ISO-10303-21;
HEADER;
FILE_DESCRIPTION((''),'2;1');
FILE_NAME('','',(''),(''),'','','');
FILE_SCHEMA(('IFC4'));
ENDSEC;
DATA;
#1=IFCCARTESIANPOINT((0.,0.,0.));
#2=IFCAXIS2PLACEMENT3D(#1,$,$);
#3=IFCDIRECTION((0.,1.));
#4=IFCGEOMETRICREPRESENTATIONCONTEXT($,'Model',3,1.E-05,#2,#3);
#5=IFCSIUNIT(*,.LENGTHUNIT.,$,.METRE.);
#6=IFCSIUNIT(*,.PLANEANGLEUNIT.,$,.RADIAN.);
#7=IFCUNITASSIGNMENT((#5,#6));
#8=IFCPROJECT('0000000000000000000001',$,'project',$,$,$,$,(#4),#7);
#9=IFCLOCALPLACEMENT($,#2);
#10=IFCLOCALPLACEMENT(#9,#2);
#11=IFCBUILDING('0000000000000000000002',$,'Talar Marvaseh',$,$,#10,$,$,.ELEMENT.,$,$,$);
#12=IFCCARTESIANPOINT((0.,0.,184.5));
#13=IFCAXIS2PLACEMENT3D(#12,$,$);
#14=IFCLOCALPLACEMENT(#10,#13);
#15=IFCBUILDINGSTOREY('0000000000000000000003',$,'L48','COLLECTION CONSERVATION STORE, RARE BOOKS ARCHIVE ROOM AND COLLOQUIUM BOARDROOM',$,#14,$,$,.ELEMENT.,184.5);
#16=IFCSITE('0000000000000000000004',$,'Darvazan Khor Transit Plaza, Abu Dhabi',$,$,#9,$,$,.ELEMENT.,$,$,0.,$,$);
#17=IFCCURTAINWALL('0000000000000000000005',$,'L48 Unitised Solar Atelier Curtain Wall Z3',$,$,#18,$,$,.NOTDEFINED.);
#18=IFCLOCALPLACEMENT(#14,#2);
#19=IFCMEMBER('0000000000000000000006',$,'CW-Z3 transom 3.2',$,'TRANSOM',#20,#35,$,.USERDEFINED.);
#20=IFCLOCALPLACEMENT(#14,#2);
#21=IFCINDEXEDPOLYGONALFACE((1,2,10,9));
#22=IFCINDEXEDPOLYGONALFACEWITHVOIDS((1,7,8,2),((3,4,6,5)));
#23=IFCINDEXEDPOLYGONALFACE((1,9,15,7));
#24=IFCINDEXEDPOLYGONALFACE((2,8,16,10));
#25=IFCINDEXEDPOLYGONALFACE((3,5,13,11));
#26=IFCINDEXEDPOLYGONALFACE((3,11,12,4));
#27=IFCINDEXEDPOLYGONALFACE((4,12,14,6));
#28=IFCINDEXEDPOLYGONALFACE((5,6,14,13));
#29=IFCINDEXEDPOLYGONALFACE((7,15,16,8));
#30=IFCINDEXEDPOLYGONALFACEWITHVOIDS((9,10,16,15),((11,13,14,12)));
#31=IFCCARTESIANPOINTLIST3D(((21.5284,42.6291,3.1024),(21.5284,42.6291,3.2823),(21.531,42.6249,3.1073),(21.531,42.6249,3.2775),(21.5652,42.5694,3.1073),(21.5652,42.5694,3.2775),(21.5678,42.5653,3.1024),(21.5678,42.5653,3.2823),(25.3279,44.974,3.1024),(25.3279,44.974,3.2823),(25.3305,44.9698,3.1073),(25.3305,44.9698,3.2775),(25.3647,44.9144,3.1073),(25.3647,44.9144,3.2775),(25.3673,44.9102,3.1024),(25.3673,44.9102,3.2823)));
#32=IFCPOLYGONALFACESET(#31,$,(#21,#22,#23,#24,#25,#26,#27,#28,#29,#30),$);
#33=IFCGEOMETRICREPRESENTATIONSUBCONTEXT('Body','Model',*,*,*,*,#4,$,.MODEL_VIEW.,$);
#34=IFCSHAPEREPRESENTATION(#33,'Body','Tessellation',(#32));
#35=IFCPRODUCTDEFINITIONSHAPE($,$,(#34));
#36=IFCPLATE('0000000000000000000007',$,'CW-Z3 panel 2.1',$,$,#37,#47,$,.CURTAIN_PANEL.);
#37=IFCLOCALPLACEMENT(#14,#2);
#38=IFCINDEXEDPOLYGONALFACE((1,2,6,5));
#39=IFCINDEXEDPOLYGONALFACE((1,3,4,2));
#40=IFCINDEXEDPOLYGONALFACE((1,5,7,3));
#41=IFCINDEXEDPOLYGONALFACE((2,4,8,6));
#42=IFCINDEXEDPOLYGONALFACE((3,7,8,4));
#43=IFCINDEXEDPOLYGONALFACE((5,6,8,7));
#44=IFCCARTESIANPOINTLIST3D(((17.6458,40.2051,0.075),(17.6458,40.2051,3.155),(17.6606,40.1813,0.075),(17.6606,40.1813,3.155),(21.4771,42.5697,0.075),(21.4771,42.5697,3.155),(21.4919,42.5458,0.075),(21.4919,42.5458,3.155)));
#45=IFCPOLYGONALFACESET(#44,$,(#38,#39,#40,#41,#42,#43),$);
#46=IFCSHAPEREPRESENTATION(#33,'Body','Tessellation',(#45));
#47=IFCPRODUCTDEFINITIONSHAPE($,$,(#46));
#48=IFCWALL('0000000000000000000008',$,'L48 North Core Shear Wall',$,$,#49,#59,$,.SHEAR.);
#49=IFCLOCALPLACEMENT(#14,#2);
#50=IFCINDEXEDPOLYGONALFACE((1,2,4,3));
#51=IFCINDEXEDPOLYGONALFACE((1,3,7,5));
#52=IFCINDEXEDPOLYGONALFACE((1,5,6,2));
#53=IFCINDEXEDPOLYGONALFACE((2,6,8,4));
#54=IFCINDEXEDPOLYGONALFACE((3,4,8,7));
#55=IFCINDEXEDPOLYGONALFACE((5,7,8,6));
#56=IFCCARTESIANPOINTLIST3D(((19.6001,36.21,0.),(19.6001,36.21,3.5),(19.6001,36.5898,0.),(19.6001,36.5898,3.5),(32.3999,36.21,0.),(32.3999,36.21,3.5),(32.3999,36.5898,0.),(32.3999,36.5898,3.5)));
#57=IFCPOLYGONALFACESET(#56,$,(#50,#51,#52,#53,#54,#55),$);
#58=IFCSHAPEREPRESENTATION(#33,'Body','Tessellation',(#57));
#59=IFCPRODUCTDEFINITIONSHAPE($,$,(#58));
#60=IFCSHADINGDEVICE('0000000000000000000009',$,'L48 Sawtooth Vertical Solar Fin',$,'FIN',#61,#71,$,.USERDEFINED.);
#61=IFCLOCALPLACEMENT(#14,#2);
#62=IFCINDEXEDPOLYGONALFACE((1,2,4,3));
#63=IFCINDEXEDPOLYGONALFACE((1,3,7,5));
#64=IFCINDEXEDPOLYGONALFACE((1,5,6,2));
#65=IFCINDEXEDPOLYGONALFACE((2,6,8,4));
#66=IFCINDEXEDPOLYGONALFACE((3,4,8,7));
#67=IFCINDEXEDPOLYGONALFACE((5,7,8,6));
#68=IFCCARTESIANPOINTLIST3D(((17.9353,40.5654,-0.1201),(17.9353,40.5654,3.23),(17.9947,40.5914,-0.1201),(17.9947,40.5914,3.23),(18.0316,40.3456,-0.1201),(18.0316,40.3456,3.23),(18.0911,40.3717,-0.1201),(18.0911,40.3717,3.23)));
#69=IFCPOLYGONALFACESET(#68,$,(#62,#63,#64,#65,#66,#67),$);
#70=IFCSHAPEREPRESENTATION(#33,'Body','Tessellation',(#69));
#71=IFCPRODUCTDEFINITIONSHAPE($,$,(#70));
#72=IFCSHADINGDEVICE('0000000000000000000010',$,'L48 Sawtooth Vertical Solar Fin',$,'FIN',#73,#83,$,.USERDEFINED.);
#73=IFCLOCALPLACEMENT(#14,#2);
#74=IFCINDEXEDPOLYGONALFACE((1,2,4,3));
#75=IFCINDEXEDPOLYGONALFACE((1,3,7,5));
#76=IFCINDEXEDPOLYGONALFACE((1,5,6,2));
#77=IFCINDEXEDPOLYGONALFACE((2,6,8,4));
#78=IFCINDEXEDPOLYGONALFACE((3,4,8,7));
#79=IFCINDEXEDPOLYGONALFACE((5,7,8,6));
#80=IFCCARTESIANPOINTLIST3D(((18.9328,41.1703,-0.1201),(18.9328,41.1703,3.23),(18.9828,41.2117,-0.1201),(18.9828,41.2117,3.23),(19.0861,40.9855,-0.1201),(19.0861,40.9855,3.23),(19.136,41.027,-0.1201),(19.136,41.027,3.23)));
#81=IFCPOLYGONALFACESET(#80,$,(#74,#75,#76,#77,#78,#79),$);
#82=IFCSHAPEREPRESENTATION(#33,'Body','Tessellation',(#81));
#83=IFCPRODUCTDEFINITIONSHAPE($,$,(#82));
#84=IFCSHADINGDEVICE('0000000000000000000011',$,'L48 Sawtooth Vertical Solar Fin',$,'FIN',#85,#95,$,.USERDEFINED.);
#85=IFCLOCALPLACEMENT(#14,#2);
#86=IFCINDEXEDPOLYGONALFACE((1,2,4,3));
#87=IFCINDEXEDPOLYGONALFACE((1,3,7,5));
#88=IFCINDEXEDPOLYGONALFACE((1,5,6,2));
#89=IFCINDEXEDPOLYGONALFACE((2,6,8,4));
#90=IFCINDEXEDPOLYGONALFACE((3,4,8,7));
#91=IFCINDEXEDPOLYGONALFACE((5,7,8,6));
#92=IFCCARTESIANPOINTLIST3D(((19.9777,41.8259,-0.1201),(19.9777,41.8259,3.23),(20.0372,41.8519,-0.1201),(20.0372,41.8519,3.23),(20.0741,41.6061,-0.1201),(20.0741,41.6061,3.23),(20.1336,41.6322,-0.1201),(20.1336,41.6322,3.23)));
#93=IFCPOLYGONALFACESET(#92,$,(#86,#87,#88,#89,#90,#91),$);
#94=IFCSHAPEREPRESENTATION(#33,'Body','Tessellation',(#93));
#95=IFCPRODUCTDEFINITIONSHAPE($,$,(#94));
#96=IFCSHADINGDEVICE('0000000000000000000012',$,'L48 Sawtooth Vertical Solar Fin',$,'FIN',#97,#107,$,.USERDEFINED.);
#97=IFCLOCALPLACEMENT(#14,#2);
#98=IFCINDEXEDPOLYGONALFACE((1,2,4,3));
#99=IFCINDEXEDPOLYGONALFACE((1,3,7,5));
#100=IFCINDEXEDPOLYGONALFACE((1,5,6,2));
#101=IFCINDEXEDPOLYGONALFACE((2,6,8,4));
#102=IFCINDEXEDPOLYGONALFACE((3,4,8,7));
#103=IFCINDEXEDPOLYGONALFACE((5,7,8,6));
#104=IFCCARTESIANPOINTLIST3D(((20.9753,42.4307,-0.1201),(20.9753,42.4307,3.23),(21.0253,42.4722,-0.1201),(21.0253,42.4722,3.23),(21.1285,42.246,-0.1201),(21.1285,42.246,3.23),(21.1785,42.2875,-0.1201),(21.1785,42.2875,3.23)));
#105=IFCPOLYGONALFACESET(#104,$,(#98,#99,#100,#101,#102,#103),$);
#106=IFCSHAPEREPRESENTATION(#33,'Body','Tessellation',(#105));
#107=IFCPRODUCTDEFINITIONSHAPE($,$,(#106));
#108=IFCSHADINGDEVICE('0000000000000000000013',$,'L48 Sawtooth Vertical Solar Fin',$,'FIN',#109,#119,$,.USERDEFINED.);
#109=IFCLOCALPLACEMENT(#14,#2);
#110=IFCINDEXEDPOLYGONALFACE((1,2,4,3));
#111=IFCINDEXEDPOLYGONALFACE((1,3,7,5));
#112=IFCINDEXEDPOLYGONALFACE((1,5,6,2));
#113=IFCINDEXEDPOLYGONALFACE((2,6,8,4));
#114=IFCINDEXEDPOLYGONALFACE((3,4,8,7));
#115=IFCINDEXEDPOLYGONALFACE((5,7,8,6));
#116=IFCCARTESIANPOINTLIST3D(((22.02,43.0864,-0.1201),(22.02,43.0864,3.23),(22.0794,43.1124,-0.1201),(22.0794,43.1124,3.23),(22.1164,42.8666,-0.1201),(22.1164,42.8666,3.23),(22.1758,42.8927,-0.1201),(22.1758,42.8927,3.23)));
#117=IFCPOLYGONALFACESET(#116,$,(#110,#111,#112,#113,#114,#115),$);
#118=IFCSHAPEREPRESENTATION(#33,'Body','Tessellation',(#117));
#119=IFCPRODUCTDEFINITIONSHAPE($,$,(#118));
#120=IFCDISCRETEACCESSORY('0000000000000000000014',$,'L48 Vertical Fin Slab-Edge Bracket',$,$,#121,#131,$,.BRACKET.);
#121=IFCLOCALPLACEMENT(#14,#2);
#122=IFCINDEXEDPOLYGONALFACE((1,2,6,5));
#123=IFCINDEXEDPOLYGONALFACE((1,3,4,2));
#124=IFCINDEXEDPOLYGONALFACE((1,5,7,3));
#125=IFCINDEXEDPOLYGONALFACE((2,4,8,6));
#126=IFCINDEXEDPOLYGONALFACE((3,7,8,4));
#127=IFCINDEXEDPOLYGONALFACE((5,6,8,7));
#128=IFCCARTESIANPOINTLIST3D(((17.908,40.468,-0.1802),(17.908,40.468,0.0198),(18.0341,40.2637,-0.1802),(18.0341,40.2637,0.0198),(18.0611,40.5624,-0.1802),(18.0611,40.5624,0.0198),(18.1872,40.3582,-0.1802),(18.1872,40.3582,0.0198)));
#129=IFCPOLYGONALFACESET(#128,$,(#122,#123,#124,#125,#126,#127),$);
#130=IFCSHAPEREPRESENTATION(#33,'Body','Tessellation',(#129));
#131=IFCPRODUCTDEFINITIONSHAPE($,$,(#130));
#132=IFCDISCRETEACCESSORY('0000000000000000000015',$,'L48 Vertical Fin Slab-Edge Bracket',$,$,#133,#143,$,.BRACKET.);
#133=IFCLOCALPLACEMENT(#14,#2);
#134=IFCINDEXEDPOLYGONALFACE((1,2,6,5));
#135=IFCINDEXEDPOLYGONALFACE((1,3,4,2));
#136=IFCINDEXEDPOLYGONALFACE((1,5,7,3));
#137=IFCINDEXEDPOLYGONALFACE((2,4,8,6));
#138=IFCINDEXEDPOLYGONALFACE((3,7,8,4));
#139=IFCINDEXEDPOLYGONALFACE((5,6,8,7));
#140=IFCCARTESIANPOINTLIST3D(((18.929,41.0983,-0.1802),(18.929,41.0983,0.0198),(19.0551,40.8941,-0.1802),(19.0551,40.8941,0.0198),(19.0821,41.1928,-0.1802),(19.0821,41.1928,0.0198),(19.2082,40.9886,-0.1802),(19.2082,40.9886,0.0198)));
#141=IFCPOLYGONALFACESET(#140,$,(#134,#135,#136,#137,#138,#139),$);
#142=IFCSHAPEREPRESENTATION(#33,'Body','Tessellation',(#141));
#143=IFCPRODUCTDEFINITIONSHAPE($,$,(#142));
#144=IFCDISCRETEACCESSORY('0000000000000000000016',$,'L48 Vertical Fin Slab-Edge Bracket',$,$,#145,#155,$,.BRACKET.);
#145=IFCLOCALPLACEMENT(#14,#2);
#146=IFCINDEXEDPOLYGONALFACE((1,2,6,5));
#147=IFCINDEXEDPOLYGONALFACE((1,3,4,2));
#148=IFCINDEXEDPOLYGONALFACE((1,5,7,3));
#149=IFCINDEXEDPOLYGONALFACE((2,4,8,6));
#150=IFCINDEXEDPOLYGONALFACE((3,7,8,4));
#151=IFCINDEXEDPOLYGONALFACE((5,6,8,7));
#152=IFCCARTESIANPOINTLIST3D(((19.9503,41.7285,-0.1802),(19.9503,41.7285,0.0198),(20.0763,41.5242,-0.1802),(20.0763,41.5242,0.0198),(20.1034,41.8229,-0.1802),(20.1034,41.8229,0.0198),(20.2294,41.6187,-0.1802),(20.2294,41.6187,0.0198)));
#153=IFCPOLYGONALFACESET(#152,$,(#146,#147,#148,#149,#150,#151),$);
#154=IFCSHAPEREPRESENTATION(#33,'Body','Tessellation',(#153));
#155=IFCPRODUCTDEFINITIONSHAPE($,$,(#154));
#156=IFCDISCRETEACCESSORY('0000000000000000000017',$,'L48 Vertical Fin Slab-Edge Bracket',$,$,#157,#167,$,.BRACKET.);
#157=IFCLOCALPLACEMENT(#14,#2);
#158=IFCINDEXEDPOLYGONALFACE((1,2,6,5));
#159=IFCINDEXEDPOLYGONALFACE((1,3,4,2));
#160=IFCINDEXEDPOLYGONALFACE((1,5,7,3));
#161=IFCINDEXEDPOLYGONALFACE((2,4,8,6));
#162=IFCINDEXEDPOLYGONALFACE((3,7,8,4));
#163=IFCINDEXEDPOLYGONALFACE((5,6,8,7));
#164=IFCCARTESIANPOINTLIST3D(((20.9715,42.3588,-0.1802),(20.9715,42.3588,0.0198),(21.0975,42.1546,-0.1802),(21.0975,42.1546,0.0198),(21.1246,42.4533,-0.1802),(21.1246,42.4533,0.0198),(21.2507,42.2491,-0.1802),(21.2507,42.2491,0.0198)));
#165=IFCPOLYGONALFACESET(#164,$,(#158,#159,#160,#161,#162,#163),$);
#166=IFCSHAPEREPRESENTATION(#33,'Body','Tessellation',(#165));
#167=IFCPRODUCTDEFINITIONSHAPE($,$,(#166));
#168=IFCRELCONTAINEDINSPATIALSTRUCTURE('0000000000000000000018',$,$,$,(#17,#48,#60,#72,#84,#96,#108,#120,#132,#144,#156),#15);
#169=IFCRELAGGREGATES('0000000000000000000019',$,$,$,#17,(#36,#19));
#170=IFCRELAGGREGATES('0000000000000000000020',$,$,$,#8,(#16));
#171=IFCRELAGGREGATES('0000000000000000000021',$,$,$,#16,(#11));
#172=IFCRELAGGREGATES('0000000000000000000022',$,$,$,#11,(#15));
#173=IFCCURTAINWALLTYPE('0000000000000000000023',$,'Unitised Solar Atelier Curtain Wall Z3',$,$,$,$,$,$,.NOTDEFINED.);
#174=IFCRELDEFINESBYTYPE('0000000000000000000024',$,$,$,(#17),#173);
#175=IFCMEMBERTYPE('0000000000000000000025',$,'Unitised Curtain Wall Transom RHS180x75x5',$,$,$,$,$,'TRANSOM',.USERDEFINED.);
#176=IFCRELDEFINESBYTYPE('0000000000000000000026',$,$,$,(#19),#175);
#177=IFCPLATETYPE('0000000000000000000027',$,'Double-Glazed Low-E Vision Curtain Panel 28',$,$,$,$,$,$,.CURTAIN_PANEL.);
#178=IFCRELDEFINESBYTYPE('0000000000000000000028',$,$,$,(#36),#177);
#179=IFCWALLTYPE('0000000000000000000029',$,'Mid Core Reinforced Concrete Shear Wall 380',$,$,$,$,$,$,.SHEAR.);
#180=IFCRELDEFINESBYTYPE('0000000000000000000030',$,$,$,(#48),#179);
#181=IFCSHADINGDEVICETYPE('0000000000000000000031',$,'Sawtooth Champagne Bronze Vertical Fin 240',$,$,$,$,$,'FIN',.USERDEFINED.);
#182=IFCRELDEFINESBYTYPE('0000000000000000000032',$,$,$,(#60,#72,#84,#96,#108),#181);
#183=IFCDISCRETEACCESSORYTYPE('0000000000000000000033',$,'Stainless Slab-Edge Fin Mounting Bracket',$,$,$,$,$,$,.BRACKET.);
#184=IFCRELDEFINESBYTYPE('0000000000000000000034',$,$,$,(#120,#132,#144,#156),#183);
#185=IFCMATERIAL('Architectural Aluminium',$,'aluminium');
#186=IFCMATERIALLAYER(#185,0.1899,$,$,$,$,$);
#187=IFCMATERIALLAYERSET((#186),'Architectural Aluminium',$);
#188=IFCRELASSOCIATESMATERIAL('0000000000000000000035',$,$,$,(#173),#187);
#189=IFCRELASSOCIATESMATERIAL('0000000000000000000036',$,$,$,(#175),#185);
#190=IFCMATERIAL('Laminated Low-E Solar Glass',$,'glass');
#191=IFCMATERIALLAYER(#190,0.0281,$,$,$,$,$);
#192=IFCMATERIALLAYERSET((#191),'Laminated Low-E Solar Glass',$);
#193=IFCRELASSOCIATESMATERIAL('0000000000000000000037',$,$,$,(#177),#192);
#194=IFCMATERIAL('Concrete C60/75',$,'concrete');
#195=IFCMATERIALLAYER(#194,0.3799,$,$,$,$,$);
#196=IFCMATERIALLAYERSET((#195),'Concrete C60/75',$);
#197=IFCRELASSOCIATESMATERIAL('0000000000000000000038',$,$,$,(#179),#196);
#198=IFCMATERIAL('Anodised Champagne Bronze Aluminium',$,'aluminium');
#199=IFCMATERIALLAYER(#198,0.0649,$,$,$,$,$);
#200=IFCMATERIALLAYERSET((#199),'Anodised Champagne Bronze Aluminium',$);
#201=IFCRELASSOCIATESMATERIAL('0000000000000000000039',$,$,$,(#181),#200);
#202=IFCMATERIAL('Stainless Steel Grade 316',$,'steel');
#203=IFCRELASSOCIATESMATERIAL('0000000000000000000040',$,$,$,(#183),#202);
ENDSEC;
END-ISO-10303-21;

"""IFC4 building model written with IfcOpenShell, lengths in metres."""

from ifc_helpers import new_model, si_unit, direction, frame, frame_2d, origin, origin_2d, place, context, subcontext, project, spatial, rectangle, hollow_rectangle, extrude, source, transform, mapped, material, layer, layer_set, material_profile, profile_set, type_object, type_shapes, element, aggregate, save


model = new_model("IFC4")

# Units and contexts
model_context = context("Model", 3, precision=1e-05, world=origin(), true_north=direction((0.0, 1.0)))
body_context = subcontext(model_context, "Body", "Model", "MODEL_VIEW")
ifc_project = project(units=[si_unit("LENGTHUNIT", "METRE"), si_unit("PLANEANGLEUNIT", "RADIAN")], contexts=[model_context])

# Site, building, storey
site_placement = place(None, origin())
site = spatial("IfcSite", under=ifc_project, at=site_placement, Name="Darvazan Khor Transit Plaza, Abu Dhabi", CompositionType="ELEMENT", RefElevation=0.0)
building_placement = place(site_placement, origin())
building = spatial("IfcBuilding", under=site, at=building_placement, Name="Talar Marvaseh", CompositionType="ELEMENT")
storey_placement = place(building_placement, frame((0.0, 0.0, 184.5)))
storey = spatial("IfcBuildingStorey", under=building, at=storey_placement, Name="L48", Description="COLLECTION CONSERVATION STORE, RARE BOOKS ARCHIVE ROOM AND COLLOQUIUM BOARDROOM", CompositionType="ELEMENT", Elevation=184.5)

# Shared definitions
ifc_material_1 = material(Name="Concrete C60/75", Category="concrete")

# Curtain wall, member, plate
ifc_material_2 = material(Name="Architectural Aluminium", Category="aluminium")
ifc_layer_1 = layer(ifc_material_2, 0.1899)
ifc_layer_set_1 = layer_set([ifc_layer_1], Name="Architectural Aluminium")
curtain_wall_type = type_object("IfcCurtainWallType", Name="Unitised Solar Atelier Curtain Wall Z3", PredefinedType="NOTDEFINED", material=ifc_layer_set_1)
curtain_wall_placement = place(storey_placement, origin())
curtain_wall = element("IfcCurtainWall", 1, at=curtain_wall_placement, inside=storey, type_object=curtain_wall_type, Name="L48 Unitised Solar Atelier Curtain Wall Z3", PredefinedType="NOTDEFINED")
ifc_material_profile_1 = material_profile(ifc_material_2, hollow_rectangle(XDim=0.075, YDim=0.1799, WallThickness=0.0049, at=origin_2d()), Name="RHS180x75x5")
ifc_profile_set_1 = profile_set([ifc_material_profile_1], Name="Architectural Aluminium")
member_type_1 = type_object("IfcMemberType", Name="Unitised Curtain Wall Transom RHS180x75x5", ElementType="TRANSOM", PredefinedType="USERDEFINED", material=ifc_profile_set_1)
shared_shape_1 = source(origin(), body_context, "Body", "SweptSolid", [
    extrude(hollow_rectangle(XDim=0.075, YDim=0.1799, WallThickness=0.0049, at=origin_2d()), origin(), (0.0, 0.0, 1.0), 4.4648),
])
member_1_placement = place(storey_placement, frame((21.5481, 42.5972, 3.1924), z_axis=(0.85098, 0.525198, 0.0), x_axis=(-0.525198, 0.85098, 0.0)))
member_1 = element("IfcMember", 2, at=member_1_placement, type_object=member_type_1, Name="CW-Z3 transom 3.2", ObjectType="TRANSOM", PredefinedType="USERDEFINED", context=body_context, shape_type="MappedRepresentation", body=[
    mapped(shared_shape_1, transform((0.0, 0.0, 0.0), x_axis=(1.0, 0.0, 0.0), y_axis=(0.0, 1.0, 0.0), z_axis=(0.0, 0.0, 1.0), scale=1.0)),
])
ifc_material_3 = material(Name="Laminated Low-E Solar Glass", Category="glass")
ifc_layer_2 = layer(ifc_material_3, 0.0281)
ifc_layer_set_2 = layer_set([ifc_layer_2], Name="Laminated Low-E Solar Glass")
plate_type = type_object("IfcPlateType", Name="Double-Glazed Low-E Vision Curtain Panel 28", PredefinedType="CURTAIN_PANEL", material=ifc_layer_set_2)
shared_shape_2 = source(origin(), body_context, "Body", "SweptSolid", [
    extrude(rectangle(XDim=4.5022, YDim=0.0281, at=origin_2d()), origin(), (0.0, 0.0, 1.0), 3.0801),
])
type_shapes(plate_type, [shared_shape_2])
plate_placement = place(storey_placement, frame((19.5688, 41.3755, 0.075), z_axis=(0.0, 0.0, 1.0), x_axis=(0.850977, 0.525203, 0.0)))
plate = element("IfcPlate", 3, at=plate_placement, type_object=plate_type, Name="CW-Z3 panel 2.1", PredefinedType="CURTAIN_PANEL", context=body_context, shape_type="MappedRepresentation", body=[
    mapped(shared_shape_2, transform((0.0, 0.0, 0.0), x_axis=(1.0, 0.0, 0.0), y_axis=(0.0, 1.0, 0.0), z_axis=(0.0, 0.0, 1.0), scale=1.0)),
])
aggregate(curtain_wall, [plate, member_1])

# Wall
ifc_layer_3 = layer(ifc_material_1, 0.3799)
ifc_layer_set_3 = layer_set([ifc_layer_3], Name="Concrete C60/75")
wall_type = type_object("IfcWallType", Name="Mid Core Reinforced Concrete Shear Wall 380", PredefinedType="SHEAR", material=ifc_layer_set_3)
wall_placement = place(storey_placement, frame((19.6001, 36.3999, 0.0), z_axis=(0.0, 0.0, 1.0), x_axis=(1.0, 0.0, 0.0)))
element("IfcWall", 4, at=wall_placement, inside=storey, type_object=wall_type, Name="L48 North Core Shear Wall", PredefinedType="SHEAR", context=body_context, shape_type="SweptSolid", body=[
    extrude(rectangle(XDim=12.7998, YDim=0.3799, at=frame_2d((6.3999, 0.0))), origin(), (0.0, 0.0, 1.0), 3.5),
])

# Shading devices
ifc_material_4 = material(Name="Anodised Champagne Bronze Aluminium", Category="aluminium")
ifc_layer_4 = layer(ifc_material_4, 0.0649)
ifc_layer_set_4 = layer_set([ifc_layer_4], Name="Anodised Champagne Bronze Aluminium")
shading_device_type = type_object("IfcShadingDeviceType", Name="Sawtooth Champagne Bronze Vertical Fin 240", ElementType="FIN", PredefinedType="USERDEFINED", material=ifc_layer_set_4)
shared_shape_3 = source(origin(), body_context, "Body", "SweptSolid", [
    extrude(rectangle(XDim=0.24, YDim=0.0649, at=origin_2d()), origin(), (0.0, 0.0, 1.0), 3.3501),
])
type_shapes(shading_device_type, [shared_shape_3])
for number, where, z_axis, x_axis, name in (
    (5, (18.0132, 40.4685, -0.1201), (0.0, 0.0, 1.0), (-0.401628, 0.915803, 0.0), "L48 Sawtooth Vertical Solar Fin"),
    (6, (19.0344, 41.0986, -0.1201), (0.0, 0.0, 1.0), (-0.638499, 0.769622, 0.0), "L48 Sawtooth Vertical Solar Fin"),
    (7, (20.0557, 41.729, -0.1201), (0.0, 0.0, 1.0), (-0.401628, 0.915803, 0.0), "L48 Sawtooth Vertical Solar Fin"),
    (8, (21.0769, 42.3591, -0.1201), (0.0, 0.0, 1.0), (-0.638499, 0.769622, 0.0), "L48 Sawtooth Vertical Solar Fin"),
    (9, (22.0979, 42.9895, -0.1201), (0.0, 0.0, 1.0), (-0.401628, 0.915803, 0.0), "L48 Sawtooth Vertical Solar Fin"),
):
    element("IfcShadingDevice", number, at=place(storey_placement, frame(where, z_axis=z_axis, x_axis=x_axis)), inside=storey, type_object=shading_device_type, Name=name, ObjectType="FIN", PredefinedType="USERDEFINED", context=body_context, shape_type="MappedRepresentation", body=[
        mapped(shared_shape_3, transform((0.0, 0.0, 0.0), x_axis=(1.0, 0.0, 0.0), y_axis=(0.0, 1.0, 0.0), z_axis=(0.0, 0.0, 1.0), scale=1.0)),
    ])

# Discrete accessories
ifc_material_5 = material(Name="Stainless Steel Grade 316", Category="steel")
discrete_accessory_type = type_object("IfcDiscreteAccessoryType", Name="Stainless Slab-Edge Fin Mounting Bracket", PredefinedType="BRACKET", material=ifc_material_5)
shared_shape_4 = source(origin(), body_context, "Body", "SweptSolid", [
    extrude(rectangle(XDim=0.24, YDim=0.1799, at=origin_2d()), origin(), (0.0, 0.0, 1.0), 0.2),
])
type_shapes(discrete_accessory_type, [shared_shape_4])
for number, where, z_axis, x_axis, name in (
    (10, (18.0476, 40.4131, -0.1802), (0.0, 0.0, 1.0), (-0.525175, 0.850994, 0.0), "L48 Vertical Fin Slab-Edge Bracket"),
    (11, (19.0686, 41.0435, -0.1802), (0.0, 0.0, 1.0), (-0.525175, 0.850994, 0.0), "L48 Vertical Fin Slab-Edge Bracket"),
    (12, (20.0898, 41.6736, -0.1802), (0.0, 0.0, 1.0), (-0.525175, 0.850994, 0.0), "L48 Vertical Fin Slab-Edge Bracket"),
    (13, (21.1111, 42.304, -0.1802), (0.0, 0.0, 1.0), (-0.525175, 0.850994, 0.0), "L48 Vertical Fin Slab-Edge Bracket"),
):
    element("IfcDiscreteAccessory", number, at=place(storey_placement, frame(where, z_axis=z_axis, x_axis=x_axis)), inside=storey, type_object=discrete_accessory_type, Name=name, PredefinedType="BRACKET", context=body_context, shape_type="MappedRepresentation", body=[
        mapped(shared_shape_4, transform((0.0, 0.0, 0.0), x_axis=(1.0, 0.0, 0.0), y_axis=(0.0, 1.0, 0.0), z_axis=(0.0, 0.0, 1.0), scale=1.0)),
    ])

save(model, "model.ifc")
